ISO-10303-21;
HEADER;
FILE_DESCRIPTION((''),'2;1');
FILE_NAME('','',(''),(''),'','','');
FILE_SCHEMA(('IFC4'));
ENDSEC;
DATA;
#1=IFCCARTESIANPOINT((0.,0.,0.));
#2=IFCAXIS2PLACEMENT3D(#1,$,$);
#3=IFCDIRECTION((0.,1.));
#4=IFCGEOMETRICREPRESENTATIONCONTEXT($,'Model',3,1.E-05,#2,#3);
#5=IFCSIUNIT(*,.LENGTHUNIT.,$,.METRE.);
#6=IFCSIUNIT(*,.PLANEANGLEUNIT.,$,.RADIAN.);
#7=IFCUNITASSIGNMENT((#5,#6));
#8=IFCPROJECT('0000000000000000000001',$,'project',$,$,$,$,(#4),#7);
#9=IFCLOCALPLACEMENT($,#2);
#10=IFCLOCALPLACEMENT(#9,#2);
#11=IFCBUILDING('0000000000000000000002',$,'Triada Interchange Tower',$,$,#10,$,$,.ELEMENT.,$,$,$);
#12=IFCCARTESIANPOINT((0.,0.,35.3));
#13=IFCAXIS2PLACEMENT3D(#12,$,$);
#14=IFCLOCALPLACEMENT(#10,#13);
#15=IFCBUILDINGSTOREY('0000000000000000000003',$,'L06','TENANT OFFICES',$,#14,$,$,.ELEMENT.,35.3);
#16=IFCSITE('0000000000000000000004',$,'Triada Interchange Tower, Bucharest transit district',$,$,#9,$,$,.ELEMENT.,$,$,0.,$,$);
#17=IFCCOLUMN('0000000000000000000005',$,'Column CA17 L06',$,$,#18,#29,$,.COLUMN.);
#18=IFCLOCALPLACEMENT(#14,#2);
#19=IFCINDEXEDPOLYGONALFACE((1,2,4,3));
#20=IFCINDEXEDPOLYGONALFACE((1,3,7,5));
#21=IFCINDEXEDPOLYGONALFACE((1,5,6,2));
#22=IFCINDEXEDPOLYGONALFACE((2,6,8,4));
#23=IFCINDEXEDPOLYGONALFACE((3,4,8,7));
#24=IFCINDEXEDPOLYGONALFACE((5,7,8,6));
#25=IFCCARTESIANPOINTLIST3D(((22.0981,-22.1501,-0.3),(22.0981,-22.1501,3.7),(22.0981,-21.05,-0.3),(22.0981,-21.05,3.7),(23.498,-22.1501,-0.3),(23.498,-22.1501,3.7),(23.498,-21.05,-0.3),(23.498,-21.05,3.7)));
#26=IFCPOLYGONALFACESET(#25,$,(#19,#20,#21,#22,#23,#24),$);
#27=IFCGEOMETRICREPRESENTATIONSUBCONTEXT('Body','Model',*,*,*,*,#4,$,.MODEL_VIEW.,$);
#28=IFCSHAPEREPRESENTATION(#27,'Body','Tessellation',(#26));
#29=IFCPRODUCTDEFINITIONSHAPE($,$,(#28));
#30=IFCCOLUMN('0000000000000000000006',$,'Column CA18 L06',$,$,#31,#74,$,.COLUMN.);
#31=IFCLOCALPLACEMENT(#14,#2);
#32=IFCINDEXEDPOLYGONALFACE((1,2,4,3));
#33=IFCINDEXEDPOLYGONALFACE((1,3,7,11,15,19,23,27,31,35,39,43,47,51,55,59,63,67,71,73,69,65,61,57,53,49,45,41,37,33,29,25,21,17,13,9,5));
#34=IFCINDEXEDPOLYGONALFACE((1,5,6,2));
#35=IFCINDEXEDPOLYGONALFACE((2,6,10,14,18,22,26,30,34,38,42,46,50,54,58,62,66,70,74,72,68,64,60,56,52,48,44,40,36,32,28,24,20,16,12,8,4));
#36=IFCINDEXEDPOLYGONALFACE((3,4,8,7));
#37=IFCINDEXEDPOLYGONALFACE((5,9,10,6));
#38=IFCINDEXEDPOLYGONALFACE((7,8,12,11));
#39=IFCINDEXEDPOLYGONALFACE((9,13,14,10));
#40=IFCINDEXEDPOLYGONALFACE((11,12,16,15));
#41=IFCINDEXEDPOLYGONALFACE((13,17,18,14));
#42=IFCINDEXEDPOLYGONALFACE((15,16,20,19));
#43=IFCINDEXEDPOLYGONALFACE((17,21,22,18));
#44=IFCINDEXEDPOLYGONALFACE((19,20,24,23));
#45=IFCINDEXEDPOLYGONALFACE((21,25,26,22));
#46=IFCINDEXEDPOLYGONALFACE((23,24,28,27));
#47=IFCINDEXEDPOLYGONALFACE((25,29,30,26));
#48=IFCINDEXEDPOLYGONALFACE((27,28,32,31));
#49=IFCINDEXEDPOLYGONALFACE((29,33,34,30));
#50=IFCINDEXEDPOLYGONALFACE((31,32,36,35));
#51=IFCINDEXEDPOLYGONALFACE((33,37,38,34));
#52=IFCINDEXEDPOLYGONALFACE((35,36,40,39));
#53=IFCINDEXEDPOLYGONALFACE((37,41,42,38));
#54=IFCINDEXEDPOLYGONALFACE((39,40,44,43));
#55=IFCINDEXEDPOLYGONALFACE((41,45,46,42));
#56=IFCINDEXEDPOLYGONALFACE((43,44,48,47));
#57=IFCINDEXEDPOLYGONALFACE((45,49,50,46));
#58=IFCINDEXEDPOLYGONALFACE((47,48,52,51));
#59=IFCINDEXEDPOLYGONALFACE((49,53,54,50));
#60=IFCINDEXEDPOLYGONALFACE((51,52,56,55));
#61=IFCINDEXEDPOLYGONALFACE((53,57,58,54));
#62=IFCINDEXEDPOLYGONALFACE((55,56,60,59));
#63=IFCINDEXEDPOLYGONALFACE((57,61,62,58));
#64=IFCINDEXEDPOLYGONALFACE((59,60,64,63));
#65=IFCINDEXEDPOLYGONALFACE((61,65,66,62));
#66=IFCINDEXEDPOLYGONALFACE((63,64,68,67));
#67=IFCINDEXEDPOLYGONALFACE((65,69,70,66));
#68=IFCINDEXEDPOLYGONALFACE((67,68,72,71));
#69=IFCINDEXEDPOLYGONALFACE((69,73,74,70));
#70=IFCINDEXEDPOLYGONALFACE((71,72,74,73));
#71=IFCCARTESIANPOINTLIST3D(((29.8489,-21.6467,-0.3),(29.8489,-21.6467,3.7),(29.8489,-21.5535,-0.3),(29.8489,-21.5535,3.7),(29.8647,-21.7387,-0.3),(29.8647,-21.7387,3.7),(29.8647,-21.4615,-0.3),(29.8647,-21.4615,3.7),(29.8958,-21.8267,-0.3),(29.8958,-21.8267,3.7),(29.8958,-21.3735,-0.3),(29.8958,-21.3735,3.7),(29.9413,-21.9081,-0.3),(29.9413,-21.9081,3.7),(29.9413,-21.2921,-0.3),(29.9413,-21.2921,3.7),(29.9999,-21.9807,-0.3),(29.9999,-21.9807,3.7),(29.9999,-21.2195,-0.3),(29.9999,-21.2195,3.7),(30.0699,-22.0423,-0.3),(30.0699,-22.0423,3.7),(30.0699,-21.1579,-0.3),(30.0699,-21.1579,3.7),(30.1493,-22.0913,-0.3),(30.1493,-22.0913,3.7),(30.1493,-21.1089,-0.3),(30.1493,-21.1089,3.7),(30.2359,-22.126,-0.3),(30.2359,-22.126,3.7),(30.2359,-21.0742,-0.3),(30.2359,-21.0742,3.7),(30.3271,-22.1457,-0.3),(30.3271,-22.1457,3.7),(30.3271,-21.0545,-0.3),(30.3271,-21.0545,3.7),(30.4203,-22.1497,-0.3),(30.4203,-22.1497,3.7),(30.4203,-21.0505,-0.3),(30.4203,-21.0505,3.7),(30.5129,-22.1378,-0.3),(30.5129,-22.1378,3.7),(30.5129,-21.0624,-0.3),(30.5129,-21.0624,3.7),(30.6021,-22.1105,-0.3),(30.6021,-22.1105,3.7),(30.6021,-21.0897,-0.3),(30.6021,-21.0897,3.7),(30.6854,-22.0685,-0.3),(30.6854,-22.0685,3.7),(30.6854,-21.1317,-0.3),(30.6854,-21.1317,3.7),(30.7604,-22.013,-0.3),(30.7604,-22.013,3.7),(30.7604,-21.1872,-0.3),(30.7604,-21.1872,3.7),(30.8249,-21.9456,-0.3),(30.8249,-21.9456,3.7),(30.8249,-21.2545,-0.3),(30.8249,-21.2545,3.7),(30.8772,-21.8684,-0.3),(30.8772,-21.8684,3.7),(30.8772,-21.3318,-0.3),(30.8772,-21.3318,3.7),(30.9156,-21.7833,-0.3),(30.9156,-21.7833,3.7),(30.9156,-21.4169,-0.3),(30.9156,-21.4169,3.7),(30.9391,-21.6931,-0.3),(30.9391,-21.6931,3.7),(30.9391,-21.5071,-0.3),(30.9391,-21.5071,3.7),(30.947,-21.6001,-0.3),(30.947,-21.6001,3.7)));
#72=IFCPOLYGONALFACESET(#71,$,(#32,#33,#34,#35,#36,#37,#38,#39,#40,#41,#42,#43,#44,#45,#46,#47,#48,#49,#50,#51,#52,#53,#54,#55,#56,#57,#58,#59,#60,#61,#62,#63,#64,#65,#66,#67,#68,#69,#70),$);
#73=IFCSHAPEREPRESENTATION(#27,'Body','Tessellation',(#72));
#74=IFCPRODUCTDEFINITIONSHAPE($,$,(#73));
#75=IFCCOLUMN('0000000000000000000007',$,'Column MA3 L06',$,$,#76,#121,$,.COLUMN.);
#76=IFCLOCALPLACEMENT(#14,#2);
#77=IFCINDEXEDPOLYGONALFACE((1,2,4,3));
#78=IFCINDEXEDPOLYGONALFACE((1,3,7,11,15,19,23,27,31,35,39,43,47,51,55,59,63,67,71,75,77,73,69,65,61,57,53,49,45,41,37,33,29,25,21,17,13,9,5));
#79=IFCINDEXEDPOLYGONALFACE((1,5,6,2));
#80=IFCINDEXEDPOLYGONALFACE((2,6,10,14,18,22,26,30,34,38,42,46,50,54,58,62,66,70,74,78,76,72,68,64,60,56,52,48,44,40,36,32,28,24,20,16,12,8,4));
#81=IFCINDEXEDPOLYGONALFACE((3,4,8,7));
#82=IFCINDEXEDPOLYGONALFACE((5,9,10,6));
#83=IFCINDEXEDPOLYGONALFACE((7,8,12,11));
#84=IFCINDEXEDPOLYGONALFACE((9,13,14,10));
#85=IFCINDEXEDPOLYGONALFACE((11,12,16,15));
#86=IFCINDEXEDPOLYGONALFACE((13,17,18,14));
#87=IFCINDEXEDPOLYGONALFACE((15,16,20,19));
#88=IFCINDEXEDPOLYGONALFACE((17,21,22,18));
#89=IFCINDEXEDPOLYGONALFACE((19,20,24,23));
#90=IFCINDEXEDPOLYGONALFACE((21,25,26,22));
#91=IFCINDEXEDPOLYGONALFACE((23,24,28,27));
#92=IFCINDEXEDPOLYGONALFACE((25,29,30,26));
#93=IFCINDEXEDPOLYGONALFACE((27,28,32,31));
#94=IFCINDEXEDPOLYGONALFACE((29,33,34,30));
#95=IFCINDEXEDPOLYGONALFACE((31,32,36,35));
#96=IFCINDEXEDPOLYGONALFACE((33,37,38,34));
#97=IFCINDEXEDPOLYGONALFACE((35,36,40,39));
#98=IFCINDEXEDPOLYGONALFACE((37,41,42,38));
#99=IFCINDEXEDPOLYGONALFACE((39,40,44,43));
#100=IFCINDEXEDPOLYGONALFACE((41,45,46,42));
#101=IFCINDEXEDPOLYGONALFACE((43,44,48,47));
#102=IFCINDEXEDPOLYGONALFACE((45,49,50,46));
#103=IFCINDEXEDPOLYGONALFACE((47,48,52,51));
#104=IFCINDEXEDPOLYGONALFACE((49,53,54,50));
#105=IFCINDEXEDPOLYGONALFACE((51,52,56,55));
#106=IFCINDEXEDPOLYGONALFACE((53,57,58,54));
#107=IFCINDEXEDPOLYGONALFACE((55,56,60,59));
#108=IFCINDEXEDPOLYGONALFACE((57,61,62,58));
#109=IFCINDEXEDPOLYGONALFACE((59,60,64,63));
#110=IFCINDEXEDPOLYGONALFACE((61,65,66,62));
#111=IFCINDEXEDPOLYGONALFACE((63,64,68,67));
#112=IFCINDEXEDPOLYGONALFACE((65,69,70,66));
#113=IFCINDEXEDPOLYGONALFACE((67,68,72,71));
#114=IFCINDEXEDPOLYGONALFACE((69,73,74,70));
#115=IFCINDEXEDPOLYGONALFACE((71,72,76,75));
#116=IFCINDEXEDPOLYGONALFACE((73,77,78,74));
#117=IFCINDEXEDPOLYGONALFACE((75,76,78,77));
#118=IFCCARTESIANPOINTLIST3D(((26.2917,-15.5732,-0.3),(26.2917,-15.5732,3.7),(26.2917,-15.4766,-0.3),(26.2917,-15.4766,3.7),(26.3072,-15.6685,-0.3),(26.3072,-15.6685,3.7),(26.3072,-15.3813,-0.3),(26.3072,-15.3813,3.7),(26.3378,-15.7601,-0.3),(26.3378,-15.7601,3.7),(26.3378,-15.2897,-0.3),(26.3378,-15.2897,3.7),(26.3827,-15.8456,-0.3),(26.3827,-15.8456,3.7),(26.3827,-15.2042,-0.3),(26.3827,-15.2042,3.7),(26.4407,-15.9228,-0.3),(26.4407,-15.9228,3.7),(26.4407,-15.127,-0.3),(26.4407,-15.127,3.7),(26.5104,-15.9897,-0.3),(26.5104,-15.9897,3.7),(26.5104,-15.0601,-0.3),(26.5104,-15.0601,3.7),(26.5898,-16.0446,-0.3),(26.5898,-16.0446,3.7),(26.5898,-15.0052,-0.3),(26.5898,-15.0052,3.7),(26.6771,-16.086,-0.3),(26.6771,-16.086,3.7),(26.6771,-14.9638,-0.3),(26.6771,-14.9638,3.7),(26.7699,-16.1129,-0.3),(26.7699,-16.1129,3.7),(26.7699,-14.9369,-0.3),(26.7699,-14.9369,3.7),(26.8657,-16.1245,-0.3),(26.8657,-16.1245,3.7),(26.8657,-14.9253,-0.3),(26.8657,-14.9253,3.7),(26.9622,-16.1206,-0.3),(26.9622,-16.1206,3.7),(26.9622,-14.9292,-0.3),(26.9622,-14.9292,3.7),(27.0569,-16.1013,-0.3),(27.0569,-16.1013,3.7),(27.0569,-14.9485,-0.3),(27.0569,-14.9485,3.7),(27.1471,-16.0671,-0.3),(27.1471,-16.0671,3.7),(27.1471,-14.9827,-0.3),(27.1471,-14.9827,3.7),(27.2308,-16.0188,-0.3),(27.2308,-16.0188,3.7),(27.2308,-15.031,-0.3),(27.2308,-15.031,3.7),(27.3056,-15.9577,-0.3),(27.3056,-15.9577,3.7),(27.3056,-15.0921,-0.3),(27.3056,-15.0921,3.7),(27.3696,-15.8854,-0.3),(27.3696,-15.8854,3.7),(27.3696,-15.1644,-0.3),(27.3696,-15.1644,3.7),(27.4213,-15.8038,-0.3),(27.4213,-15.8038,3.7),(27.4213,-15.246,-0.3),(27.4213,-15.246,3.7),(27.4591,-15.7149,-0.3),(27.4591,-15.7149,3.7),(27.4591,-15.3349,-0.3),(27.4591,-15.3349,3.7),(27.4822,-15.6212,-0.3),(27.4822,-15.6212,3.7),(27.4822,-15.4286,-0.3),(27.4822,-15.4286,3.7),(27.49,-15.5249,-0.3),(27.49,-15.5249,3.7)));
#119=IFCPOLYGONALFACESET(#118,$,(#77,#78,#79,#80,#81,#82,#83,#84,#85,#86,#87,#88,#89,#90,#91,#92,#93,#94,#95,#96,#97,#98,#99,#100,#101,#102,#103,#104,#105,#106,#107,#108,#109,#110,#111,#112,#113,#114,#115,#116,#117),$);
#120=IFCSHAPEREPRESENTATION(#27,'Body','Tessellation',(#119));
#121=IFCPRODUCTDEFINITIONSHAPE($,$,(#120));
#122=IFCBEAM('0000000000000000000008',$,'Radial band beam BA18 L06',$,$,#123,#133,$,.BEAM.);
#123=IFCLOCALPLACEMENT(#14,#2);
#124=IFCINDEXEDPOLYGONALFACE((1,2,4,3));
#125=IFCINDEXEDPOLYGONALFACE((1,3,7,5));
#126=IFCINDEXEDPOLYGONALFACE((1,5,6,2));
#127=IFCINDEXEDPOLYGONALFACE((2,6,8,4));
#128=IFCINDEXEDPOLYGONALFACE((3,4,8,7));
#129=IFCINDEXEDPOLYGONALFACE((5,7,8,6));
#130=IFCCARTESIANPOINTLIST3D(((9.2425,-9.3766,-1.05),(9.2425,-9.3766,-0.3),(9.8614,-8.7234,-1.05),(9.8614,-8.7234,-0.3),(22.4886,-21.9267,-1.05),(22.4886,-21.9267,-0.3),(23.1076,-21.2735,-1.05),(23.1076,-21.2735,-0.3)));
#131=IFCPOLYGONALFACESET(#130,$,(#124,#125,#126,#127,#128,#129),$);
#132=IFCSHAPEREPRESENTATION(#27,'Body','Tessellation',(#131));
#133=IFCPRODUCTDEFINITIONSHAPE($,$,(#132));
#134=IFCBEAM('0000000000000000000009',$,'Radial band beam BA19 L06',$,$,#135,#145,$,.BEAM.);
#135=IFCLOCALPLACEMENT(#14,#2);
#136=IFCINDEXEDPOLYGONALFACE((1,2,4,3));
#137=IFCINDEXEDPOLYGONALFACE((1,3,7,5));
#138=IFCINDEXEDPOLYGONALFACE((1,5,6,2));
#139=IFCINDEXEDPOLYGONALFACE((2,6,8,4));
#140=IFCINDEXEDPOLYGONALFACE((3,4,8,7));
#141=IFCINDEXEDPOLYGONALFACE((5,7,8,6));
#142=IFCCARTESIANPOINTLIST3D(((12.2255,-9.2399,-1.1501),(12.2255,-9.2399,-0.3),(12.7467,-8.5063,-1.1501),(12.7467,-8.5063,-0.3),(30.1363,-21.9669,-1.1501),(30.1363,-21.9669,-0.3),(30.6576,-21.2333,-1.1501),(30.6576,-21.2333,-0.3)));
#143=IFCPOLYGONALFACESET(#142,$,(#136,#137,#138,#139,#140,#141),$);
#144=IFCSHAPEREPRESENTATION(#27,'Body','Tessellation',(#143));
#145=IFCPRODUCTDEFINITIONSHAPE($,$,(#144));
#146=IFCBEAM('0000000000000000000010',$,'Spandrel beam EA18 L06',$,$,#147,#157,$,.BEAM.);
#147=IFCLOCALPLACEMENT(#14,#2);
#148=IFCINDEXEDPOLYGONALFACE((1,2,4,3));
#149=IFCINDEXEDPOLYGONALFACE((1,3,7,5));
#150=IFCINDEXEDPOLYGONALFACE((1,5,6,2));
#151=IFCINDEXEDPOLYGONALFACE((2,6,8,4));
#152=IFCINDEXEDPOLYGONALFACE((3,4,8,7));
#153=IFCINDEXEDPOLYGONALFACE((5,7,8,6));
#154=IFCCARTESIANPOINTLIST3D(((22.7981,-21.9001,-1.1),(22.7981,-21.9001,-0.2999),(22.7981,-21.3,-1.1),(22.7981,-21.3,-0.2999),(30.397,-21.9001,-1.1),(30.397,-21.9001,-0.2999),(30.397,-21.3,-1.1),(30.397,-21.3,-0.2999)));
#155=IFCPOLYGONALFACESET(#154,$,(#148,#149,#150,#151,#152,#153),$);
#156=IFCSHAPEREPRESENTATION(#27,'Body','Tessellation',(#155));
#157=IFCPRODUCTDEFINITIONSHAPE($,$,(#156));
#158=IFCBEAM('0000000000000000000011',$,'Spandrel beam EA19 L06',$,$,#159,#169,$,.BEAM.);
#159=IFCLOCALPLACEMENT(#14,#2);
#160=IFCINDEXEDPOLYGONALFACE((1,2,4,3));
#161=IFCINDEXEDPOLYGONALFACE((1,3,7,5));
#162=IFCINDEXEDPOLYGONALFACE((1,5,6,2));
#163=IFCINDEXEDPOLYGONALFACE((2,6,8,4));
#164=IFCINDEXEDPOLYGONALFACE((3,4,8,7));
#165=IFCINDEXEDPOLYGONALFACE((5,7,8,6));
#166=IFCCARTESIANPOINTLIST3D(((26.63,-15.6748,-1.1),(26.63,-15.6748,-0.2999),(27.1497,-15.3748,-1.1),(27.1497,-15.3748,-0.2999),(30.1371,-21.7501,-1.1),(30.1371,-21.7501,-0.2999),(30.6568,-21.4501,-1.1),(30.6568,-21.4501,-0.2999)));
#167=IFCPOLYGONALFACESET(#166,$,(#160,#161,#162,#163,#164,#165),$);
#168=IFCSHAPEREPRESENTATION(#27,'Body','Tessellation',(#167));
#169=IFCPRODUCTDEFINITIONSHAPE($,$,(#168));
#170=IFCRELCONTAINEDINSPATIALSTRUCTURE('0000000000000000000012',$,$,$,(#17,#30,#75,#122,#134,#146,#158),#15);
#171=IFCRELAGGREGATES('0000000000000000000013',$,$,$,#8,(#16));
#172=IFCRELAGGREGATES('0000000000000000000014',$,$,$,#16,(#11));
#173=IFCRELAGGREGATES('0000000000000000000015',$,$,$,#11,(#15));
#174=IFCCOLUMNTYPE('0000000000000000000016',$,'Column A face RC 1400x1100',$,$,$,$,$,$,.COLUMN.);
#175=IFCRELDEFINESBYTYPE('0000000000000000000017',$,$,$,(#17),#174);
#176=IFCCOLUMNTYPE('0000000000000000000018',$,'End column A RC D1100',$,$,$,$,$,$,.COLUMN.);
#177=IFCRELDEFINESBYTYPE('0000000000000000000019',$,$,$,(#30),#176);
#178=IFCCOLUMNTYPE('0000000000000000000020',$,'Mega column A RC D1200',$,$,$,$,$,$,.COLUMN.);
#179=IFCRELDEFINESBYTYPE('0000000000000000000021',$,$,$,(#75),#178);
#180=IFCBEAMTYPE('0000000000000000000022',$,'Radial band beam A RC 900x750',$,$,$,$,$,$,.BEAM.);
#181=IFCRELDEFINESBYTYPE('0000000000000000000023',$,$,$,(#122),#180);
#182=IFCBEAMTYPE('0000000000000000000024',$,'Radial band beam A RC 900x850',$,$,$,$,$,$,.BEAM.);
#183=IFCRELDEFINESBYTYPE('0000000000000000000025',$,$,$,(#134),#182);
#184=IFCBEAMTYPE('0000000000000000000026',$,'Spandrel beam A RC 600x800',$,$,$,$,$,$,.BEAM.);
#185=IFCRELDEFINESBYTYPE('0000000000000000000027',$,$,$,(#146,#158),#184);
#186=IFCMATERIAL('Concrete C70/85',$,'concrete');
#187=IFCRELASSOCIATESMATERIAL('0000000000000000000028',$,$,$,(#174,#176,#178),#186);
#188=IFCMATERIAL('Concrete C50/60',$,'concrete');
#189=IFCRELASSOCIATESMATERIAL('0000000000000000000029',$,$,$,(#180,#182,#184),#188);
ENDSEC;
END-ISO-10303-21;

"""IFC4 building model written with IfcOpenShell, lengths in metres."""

from ifc_helpers import new_model, si_unit, direction, frame, origin, origin_2d, place, context, subcontext, project, spatial, rectangle, circle, extrude, material, material_profile, profile_set, type_object, element, save


model = new_model("IFC4")

# Units and contexts
model_context = context("Model", 3, precision=1e-05, world=origin(), true_north=direction((0.0, 1.0)))
body_context = subcontext(model_context, "Body", "Model", "MODEL_VIEW")
ifc_project = project(units=[si_unit("LENGTHUNIT", "METRE"), si_unit("PLANEANGLEUNIT", "RADIAN")], contexts=[model_context])

# Site, building, storey
site_placement = place(None, origin())
site = spatial("IfcSite", under=ifc_project, at=site_placement, Name="Triada Interchange Tower, Bucharest transit district", CompositionType="ELEMENT", RefElevation=0.0)
building_placement = place(site_placement, origin())
building = spatial("IfcBuilding", under=site, at=building_placement, Name="Triada Interchange Tower", CompositionType="ELEMENT")
storey_placement = place(building_placement, frame((0.0, 0.0, 35.3)))
storey = spatial("IfcBuildingStorey", under=building, at=storey_placement, Name="L06", Description="TENANT OFFICES", CompositionType="ELEMENT", Elevation=35.3)

# Columns
ifc_material_1 = material(Name="Concrete C70/85", Category="concrete")
ifc_material_profile_1 = material_profile(ifc_material_1, rectangle(XDim=1.3999, YDim=1.1001, at=origin_2d()), Name="RC 1400x1100")
ifc_profile_set_1 = profile_set([ifc_material_profile_1], Name="Concrete C70/85")
column_type_1 = type_object("IfcColumnType", Name="Column A face RC 1400x1100", PredefinedType="COLUMN", material=ifc_profile_set_1)
column_1_placement = place(storey_placement, frame((22.7981, -21.6001, -0.3), z_axis=(0.0, 0.0, 1.0), x_axis=(1.0, 0.0, 0.0)))
element("IfcColumn", 1, at=column_1_placement, inside=storey, type_object=column_type_1, Name="Column CA17 L06", PredefinedType="COLUMN", context=body_context, shape_type="SweptSolid", body=[
    extrude(rectangle(XDim=1.3999, YDim=1.1001, at=origin_2d()), origin(), (0.0, 0.0, 1.0), 4.0),
])
ifc_material_profile_2 = material_profile(ifc_material_1, circle(Radius=0.55, at=origin_2d()), Name="RC D1100")
ifc_profile_set_2 = profile_set([ifc_material_profile_2], Name="Concrete C70/85")
column_type_2 = type_object("IfcColumnType", Name="End column A RC D1100", PredefinedType="COLUMN", material=ifc_profile_set_2)
column_2_placement = place(storey_placement, frame((30.397, -21.6001, -0.3), z_axis=(0.0, 0.0, 1.0), x_axis=(1.0, 0.0, 0.0)))
element("IfcColumn", 2, at=column_2_placement, inside=storey, type_object=column_type_2, Name="Column CA18 L06", PredefinedType="COLUMN", context=body_context, shape_type="SweptSolid", body=[
    extrude(circle(Radius=0.55, at=origin_2d()), origin(), (0.0, 0.0, 1.0), 4.0),
])
ifc_material_profile_3 = material_profile(ifc_material_1, circle(Radius=0.6001, at=origin_2d()), Name="RC D1200")
ifc_profile_set_3 = profile_set([ifc_material_profile_3], Name="Concrete C70/85")
column_type_3 = type_object("IfcColumnType", Name="Mega column A RC D1200", PredefinedType="COLUMN", material=ifc_profile_set_3)
column_3_placement = place(storey_placement, frame((26.8899, -15.5249, -0.3), z_axis=(0.0, 0.0, 1.0), x_axis=(1.0, 0.0, 0.0)))
element("IfcColumn", 3, at=column_3_placement, inside=storey, type_object=column_type_3, Name="Column MA3 L06", PredefinedType="COLUMN", context=body_context, shape_type="SweptSolid", body=[
    extrude(circle(Radius=0.6001, at=origin_2d()), origin(), (0.0, 0.0, 1.0), 4.0),
])

# Beams
ifc_material_2 = material(Name="Concrete C50/60", Category="concrete")
ifc_material_profile_4 = material_profile(ifc_material_2, rectangle(XDim=0.8999, YDim=0.75, at=origin_2d()), Name="RC 900x750")
ifc_profile_set_4 = profile_set([ifc_material_profile_4], Name="Concrete C50/60")
beam_type_1 = type_object("IfcBeamType", Name="Radial band beam A RC 900x750", PredefinedType="BEAM", material=ifc_profile_set_4)
beam_1_placement = place(storey_placement, frame((22.7981, -21.6001, -0.675), z_axis=(-0.725922, 0.687777, 0.0), x_axis=(-0.687777, -0.725922, 0.0)))
element("IfcBeam", 4, at=beam_1_placement, inside=storey, type_object=beam_type_1, Name="Radial band beam BA18 L06", PredefinedType="BEAM", context=body_context, shape_type="SweptSolid", body=[
    extrude(rectangle(XDim=0.8999, YDim=0.75, at=origin_2d()), origin(), (0.0, 0.0, 1.0), 18.2473),
])
ifc_material_profile_5 = material_profile(ifc_material_2, rectangle(XDim=0.8999, YDim=0.8501, at=origin_2d()), Name="RC 900x850")
ifc_profile_set_5 = profile_set([ifc_material_profile_5], Name="Concrete C50/60")
beam_type_2 = type_object("IfcBeamType", Name="Radial band beam A RC 900x850", PredefinedType="BEAM", material=ifc_profile_set_5)
beam_2_placement = place(storey_placement, frame((30.397, -21.6001, -0.7251), z_axis=(-0.815161, 0.579234, 0.0), x_axis=(-0.579234, -0.815161, 0.0)))
element("IfcBeam", 5, at=beam_2_placement, inside=storey, type_object=beam_type_2, Name="Radial band beam BA19 L06", PredefinedType="BEAM", context=body_context, shape_type="SweptSolid", body=[
    extrude(rectangle(XDim=0.8999, YDim=0.8501, at=origin_2d()), origin(), (0.0, 0.0, 1.0), 21.9722),
])
ifc_material_profile_6 = material_profile(ifc_material_2, rectangle(XDim=0.6001, YDim=0.8, at=origin_2d()), Name="RC 600x800")
ifc_profile_set_6 = profile_set([ifc_material_profile_6], Name="Concrete C50/60")
beam_type_3 = type_object("IfcBeamType", Name="Spandrel beam A RC 600x800", PredefinedType="BEAM", material=ifc_profile_set_6)
beam_3_placement = place(storey_placement, frame((22.7981, -21.6001, -0.7), z_axis=(1.0, 0.0, 0.0), x_axis=(0.0, 1.0, 0.0)))
element("IfcBeam", 6, at=beam_3_placement, inside=storey, type_object=beam_type_3, Name="Spandrel beam EA18 L06", PredefinedType="BEAM", context=body_context, shape_type="SweptSolid", body=[
    extrude(rectangle(XDim=0.6001, YDim=0.8, at=origin_2d()), origin(), (0.0, 0.0, 1.0), 7.5989),
])
beam_4_placement = place(storey_placement, frame((30.397, -21.6001, -0.7), z_axis=(-0.499953, 0.866052, 0.0), x_axis=(-0.866052, -0.499953, 0.0)))
element("IfcBeam", 7, at=beam_4_placement, inside=storey, type_object=beam_type_3, Name="Spandrel beam EA19 L06", PredefinedType="BEAM", context=body_context, shape_type="SweptSolid", body=[
    extrude(rectangle(XDim=0.6001, YDim=0.8, at=origin_2d()), origin(), (0.0, 0.0, 1.0), 7.0149),
])

save(model, "model.ifc")
